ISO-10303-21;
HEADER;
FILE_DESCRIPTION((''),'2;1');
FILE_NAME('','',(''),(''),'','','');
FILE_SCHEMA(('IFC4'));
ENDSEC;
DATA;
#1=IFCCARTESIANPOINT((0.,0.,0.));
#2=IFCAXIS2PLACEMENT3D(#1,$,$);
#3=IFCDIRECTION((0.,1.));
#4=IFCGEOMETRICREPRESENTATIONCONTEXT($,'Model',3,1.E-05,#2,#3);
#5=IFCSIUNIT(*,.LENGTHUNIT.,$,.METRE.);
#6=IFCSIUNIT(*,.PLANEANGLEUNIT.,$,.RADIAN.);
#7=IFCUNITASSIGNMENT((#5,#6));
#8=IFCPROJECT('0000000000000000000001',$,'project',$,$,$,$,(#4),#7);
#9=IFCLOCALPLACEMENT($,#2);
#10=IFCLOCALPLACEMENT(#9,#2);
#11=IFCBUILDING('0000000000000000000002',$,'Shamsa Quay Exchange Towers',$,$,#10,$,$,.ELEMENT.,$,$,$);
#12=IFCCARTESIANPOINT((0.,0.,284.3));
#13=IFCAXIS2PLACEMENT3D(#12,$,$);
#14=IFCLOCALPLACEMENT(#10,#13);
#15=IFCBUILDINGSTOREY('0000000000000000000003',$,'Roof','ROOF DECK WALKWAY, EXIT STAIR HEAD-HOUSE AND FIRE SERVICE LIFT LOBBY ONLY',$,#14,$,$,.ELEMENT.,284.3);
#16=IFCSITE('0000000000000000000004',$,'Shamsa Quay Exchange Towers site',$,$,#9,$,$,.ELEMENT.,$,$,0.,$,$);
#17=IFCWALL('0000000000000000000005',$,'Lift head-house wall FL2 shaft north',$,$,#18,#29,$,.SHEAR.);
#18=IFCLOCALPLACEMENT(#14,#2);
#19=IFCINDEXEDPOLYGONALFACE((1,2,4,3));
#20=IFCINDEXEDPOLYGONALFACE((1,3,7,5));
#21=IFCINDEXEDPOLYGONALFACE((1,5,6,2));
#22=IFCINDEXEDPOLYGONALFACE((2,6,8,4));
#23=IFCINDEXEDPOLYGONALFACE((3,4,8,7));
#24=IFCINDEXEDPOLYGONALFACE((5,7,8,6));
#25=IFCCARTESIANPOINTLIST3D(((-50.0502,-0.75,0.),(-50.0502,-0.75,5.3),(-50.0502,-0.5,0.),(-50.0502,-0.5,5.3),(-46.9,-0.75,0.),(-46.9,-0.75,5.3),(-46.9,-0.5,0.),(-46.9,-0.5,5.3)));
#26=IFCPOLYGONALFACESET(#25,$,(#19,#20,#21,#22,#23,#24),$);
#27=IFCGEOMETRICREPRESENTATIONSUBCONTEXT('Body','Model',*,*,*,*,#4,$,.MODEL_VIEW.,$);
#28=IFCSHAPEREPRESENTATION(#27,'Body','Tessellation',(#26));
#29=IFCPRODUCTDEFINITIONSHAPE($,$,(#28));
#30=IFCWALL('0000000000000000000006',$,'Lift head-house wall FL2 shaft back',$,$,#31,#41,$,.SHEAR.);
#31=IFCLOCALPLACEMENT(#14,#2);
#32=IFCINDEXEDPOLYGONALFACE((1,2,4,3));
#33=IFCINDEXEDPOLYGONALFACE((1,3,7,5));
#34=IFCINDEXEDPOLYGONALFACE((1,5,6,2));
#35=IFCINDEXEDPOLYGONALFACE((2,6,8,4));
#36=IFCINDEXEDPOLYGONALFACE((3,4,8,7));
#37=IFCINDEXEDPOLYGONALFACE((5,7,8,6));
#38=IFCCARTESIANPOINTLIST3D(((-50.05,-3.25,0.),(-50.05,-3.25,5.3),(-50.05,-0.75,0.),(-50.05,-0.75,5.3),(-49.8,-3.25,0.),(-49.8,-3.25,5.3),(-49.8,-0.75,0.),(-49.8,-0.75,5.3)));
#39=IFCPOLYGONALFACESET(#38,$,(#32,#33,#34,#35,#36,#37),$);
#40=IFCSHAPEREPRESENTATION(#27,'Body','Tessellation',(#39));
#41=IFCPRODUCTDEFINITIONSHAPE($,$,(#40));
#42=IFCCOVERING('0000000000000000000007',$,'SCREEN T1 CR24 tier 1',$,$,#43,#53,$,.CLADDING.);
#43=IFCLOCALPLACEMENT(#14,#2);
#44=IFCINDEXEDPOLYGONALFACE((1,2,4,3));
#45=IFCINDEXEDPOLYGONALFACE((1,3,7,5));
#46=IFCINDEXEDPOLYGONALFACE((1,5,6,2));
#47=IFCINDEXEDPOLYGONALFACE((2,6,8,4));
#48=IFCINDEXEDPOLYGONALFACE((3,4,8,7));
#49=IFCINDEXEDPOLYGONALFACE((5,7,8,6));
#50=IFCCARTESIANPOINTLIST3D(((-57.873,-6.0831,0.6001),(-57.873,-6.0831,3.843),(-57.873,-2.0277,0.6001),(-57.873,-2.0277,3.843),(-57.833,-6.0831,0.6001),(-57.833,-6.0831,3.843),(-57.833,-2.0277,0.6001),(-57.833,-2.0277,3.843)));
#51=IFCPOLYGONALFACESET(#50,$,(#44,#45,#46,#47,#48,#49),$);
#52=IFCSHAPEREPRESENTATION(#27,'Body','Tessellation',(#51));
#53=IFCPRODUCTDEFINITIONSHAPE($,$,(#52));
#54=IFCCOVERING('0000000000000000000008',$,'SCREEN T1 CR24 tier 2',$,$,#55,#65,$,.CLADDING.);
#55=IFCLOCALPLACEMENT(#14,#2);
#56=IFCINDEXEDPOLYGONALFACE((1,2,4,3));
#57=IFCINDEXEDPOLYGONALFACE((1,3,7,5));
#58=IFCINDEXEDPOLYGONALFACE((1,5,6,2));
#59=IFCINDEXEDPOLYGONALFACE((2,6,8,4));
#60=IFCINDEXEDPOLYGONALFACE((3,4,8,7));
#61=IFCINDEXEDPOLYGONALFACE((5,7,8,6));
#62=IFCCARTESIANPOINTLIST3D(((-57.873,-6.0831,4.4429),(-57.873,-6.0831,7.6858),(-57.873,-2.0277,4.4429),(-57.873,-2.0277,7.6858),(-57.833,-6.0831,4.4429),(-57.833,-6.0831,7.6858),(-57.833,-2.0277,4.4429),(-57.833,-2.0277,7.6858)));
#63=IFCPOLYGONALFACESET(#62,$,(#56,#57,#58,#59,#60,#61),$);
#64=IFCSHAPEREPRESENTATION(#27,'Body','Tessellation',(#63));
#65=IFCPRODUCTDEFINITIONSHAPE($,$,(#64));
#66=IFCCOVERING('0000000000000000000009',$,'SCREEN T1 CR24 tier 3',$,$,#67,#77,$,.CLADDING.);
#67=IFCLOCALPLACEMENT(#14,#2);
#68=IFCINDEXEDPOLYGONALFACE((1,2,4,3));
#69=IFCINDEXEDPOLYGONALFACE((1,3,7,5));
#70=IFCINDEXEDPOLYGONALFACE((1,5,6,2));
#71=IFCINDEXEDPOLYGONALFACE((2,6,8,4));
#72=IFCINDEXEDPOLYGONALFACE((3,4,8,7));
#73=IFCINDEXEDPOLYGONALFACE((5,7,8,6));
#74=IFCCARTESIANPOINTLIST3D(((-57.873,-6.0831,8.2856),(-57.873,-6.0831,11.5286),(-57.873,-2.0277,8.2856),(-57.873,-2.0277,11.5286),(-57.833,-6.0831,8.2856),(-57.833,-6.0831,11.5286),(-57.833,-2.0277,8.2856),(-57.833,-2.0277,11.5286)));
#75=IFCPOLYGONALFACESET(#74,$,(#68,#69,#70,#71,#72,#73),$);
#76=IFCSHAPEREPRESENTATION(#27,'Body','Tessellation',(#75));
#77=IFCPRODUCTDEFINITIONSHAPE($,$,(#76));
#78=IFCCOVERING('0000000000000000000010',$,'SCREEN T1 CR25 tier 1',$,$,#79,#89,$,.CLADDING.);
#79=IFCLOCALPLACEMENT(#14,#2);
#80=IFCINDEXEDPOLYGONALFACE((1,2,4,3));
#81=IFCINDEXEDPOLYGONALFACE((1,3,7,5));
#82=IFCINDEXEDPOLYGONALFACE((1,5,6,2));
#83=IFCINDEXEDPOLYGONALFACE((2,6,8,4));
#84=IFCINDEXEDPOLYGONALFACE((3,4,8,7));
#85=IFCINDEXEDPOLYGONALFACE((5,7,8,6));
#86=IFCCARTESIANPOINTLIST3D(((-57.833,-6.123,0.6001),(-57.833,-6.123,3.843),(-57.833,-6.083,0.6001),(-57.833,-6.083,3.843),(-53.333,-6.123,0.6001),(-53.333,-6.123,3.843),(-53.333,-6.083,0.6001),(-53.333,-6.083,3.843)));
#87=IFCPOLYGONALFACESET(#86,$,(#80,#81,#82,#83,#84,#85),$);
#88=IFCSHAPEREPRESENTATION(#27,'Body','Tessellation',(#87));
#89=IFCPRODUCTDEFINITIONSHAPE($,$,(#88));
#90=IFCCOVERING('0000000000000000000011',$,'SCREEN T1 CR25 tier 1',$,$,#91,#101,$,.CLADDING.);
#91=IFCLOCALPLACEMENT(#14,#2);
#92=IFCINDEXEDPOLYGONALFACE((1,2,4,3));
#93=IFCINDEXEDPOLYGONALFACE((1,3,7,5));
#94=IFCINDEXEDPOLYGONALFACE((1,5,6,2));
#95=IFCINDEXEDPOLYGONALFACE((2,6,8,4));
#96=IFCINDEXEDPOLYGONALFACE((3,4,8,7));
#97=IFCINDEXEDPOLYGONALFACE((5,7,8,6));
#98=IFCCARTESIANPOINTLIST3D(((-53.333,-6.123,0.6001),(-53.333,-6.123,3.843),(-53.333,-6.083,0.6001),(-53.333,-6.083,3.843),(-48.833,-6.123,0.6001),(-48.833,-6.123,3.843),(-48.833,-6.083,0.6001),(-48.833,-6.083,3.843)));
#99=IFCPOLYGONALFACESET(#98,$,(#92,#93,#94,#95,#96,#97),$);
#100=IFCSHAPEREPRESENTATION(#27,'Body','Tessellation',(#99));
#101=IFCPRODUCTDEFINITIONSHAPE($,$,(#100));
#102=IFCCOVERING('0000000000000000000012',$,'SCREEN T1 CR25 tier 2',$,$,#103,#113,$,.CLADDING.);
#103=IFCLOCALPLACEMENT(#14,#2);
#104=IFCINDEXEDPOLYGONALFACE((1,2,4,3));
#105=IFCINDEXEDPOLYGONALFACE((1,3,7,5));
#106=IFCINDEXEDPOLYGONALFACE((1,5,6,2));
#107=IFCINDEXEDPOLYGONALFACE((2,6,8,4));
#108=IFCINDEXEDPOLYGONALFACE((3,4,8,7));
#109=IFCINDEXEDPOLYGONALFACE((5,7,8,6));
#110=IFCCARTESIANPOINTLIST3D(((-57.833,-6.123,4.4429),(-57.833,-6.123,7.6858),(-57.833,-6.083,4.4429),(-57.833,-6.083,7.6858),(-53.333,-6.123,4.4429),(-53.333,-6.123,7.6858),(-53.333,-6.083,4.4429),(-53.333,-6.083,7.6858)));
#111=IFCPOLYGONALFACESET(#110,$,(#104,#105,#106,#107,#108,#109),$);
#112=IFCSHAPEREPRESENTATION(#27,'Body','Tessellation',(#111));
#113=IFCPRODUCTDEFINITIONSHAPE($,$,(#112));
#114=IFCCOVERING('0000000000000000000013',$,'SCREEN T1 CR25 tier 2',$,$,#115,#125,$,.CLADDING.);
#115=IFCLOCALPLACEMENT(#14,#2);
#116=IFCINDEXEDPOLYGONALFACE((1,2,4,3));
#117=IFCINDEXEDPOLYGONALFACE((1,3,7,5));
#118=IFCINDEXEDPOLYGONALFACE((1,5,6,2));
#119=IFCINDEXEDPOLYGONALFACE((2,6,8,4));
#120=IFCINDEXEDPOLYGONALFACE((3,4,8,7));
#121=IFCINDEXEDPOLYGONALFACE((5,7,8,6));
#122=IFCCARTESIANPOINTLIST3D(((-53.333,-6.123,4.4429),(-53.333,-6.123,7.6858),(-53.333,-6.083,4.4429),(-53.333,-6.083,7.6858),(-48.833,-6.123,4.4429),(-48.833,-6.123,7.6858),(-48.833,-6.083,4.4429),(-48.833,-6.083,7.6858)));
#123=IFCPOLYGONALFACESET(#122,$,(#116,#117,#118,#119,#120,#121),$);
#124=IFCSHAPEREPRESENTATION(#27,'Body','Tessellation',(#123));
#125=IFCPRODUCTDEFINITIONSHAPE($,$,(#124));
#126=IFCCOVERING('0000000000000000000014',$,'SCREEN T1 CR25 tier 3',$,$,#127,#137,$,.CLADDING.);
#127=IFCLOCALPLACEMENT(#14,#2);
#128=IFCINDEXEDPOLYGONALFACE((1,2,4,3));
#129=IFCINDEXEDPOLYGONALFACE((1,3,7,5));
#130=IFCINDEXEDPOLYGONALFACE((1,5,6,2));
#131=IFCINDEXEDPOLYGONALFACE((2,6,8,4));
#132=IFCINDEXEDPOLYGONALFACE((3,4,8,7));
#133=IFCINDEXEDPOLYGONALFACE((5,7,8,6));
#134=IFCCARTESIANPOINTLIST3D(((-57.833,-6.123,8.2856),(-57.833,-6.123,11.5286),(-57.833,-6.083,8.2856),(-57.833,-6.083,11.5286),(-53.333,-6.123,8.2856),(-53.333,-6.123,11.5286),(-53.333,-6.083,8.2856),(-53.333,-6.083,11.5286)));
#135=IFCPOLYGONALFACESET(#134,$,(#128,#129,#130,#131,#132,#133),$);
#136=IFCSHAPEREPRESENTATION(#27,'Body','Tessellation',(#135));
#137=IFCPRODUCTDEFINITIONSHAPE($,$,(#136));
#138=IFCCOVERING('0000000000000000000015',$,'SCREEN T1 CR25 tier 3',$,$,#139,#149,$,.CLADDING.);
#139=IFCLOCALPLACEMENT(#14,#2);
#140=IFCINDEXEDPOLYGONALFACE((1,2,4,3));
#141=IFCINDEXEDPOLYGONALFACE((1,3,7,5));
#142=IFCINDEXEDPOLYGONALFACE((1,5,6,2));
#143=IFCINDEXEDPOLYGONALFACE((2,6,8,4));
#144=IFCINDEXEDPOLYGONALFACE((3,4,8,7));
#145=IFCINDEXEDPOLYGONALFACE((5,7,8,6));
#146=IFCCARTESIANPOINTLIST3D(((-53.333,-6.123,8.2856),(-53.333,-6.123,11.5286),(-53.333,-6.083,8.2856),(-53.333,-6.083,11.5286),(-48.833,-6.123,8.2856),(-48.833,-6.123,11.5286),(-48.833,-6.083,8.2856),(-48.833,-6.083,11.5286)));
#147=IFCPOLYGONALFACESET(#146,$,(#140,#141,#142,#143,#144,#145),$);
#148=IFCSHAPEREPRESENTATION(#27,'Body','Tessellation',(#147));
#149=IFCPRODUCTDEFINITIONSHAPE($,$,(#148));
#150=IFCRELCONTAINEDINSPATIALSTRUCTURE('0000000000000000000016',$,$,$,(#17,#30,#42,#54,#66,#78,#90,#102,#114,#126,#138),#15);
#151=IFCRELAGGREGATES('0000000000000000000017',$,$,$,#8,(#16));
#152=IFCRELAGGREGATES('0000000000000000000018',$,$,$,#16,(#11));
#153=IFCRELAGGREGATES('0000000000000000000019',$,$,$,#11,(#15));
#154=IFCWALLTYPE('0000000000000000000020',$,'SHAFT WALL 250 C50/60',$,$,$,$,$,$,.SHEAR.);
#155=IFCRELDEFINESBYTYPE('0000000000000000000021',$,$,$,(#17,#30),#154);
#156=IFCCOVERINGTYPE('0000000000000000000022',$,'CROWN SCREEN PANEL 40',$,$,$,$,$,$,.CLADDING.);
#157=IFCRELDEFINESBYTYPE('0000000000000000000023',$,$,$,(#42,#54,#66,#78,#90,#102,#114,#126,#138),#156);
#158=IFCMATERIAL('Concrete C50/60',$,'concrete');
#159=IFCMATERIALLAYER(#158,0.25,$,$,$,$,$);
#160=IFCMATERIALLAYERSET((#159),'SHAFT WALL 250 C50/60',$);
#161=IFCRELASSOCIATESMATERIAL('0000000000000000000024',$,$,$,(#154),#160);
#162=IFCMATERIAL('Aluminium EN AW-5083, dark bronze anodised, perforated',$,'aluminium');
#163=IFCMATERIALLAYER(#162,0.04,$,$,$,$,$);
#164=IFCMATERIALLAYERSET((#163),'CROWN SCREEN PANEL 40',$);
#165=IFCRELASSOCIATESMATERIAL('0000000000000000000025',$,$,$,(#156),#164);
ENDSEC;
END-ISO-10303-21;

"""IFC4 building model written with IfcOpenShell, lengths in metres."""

from ifc_helpers import new_model, si_unit, direction, frame, frame_2d, origin, origin_2d, place, context, subcontext, project, spatial, rectangle, extrude, material, layer, layer_set, type_object, element, save


model = new_model("IFC4")

# Units and contexts
model_context = context("Model", 3, precision=1e-05, world=origin(), true_north=direction((0.0, 1.0)))
body_context = subcontext(model_context, "Body", "Model", "MODEL_VIEW")
ifc_project = project(units=[si_unit("LENGTHUNIT", "METRE"), si_unit("PLANEANGLEUNIT", "RADIAN")], contexts=[model_context])

# Site, building, storey
site_placement = place(None, origin())
site = spatial("IfcSite", under=ifc_project, at=site_placement, Name="Shamsa Quay Exchange Towers site", CompositionType="ELEMENT", RefElevation=0.0)
building_placement = place(site_placement, origin())
building = spatial("IfcBuilding", under=site, at=building_placement, Name="Shamsa Quay Exchange Towers", CompositionType="ELEMENT")
storey_placement = place(building_placement, frame((0.0, 0.0, 284.3)))
storey = spatial("IfcBuildingStorey", under=building, at=storey_placement, Name="Roof", Description="ROOF DECK WALKWAY, EXIT STAIR HEAD-HOUSE AND FIRE SERVICE LIFT LOBBY ONLY", CompositionType="ELEMENT", Elevation=284.3)

# Shared definitions
ifc_material_1 = material(Name="Concrete C50/60", Category="concrete")
ifc_layer_1 = layer(ifc_material_1, 0.25)
ifc_layer_set_1 = layer_set([ifc_layer_1], Name="SHAFT WALL 250 C50/60")
wall_type_1 = type_object("IfcWallType", Name="SHAFT WALL 250 C50/60", PredefinedType="SHEAR", material=ifc_layer_set_1)

# Wall
for number, where, z_axis, x_axis, name in (
    (1, (-46.8999, -0.625, 0.0), (0.0, 0.0, 1.0), (-1.0, 0.0, 0.0), "Lift head-house wall FL2 shaft north"),
):
    element("IfcWall", number, at=place(storey_placement, frame(where, z_axis=z_axis, x_axis=x_axis)), inside=storey, type_object=wall_type_1, Name=name, PredefinedType="SHEAR", context=body_context, shape_type="SweptSolid", body=[
        extrude(rectangle(XDim=3.1501, YDim=0.25, at=frame_2d((1.5752, 0.0))), origin(), (0.0, 0.0, 1.0), 5.3),
    ])

# Wall
wall_1_placement = place(storey_placement, frame((-49.925, -3.25, 0.0), z_axis=(0.0, 0.0, 1.0), x_axis=(0.0, 1.0, 0.0)))
element("IfcWall", 2, at=wall_1_placement, inside=storey, type_object=wall_type_1, Name="Lift head-house wall FL2 shaft back", PredefinedType="SHEAR", context=body_context, shape_type="SweptSolid", body=[
    extrude(rectangle(XDim=2.5, YDim=0.25, at=frame_2d((1.25, 0.0))), origin(), (0.0, 0.0, 1.0), 5.3),
])

# Coverings
ifc_material_2 = material(Name="Aluminium EN AW-5083, dark bronze anodised, perforated", Category="aluminium")
ifc_layer_2 = layer(ifc_material_2, 0.04)
ifc_layer_set_2 = layer_set([ifc_layer_2], Name="CROWN SCREEN PANEL 40")
covering_type = type_object("IfcCoveringType", Name="CROWN SCREEN PANEL 40", PredefinedType="CLADDING", material=ifc_layer_set_2)
for number, where, z_axis, x_axis, name in (
    (3, (-57.853, -4.0554, 0.6001), (0.0, 0.0, 1.0), (0.0, -1.0, 0.0), "SCREEN T1 CR24 tier 1"),
    (4, (-57.853, -4.0554, 4.4429), (0.0, 0.0, 1.0), (0.0, -1.0, 0.0), "SCREEN T1 CR24 tier 2"),
    (5, (-57.853, -4.0554, 8.2856), (0.0, 0.0, 1.0), (0.0, -1.0, 0.0), "SCREEN T1 CR24 tier 3"),
):
    element("IfcCovering", number, at=place(storey_placement, frame(where, z_axis=z_axis, x_axis=x_axis)), inside=storey, type_object=covering_type, Name=name, PredefinedType="CLADDING", context=body_context, shape_type="SweptSolid", body=[
        extrude(rectangle(XDim=4.0554, YDim=0.04, at=origin_2d()), origin(), (0.0, 0.0, 1.0), 3.2429),
    ])
for number, where, name in (
    (6, (-55.583, -6.103, 0.6001), "SCREEN T1 CR25 tier 1"),
    (7, (-51.083, -6.103, 0.6001), "SCREEN T1 CR25 tier 1"),
    (8, (-55.583, -6.103, 4.4429), "SCREEN T1 CR25 tier 2"),
    (9, (-51.083, -6.103, 4.4429), "SCREEN T1 CR25 tier 2"),
    (10, (-55.583, -6.103, 8.2856), "SCREEN T1 CR25 tier 3"),
    (11, (-51.083, -6.103, 8.2856), "SCREEN T1 CR25 tier 3"),
):
    element("IfcCovering", number, at=place(storey_placement, frame(where)), inside=storey, type_object=covering_type, Name=name, PredefinedType="CLADDING", context=body_context, shape_type="SweptSolid", body=[
        extrude(rectangle(XDim=4.5, YDim=0.04, at=origin_2d()), origin(), (0.0, 0.0, 1.0), 3.2429),
    ])

save(model, "model.ifc")
